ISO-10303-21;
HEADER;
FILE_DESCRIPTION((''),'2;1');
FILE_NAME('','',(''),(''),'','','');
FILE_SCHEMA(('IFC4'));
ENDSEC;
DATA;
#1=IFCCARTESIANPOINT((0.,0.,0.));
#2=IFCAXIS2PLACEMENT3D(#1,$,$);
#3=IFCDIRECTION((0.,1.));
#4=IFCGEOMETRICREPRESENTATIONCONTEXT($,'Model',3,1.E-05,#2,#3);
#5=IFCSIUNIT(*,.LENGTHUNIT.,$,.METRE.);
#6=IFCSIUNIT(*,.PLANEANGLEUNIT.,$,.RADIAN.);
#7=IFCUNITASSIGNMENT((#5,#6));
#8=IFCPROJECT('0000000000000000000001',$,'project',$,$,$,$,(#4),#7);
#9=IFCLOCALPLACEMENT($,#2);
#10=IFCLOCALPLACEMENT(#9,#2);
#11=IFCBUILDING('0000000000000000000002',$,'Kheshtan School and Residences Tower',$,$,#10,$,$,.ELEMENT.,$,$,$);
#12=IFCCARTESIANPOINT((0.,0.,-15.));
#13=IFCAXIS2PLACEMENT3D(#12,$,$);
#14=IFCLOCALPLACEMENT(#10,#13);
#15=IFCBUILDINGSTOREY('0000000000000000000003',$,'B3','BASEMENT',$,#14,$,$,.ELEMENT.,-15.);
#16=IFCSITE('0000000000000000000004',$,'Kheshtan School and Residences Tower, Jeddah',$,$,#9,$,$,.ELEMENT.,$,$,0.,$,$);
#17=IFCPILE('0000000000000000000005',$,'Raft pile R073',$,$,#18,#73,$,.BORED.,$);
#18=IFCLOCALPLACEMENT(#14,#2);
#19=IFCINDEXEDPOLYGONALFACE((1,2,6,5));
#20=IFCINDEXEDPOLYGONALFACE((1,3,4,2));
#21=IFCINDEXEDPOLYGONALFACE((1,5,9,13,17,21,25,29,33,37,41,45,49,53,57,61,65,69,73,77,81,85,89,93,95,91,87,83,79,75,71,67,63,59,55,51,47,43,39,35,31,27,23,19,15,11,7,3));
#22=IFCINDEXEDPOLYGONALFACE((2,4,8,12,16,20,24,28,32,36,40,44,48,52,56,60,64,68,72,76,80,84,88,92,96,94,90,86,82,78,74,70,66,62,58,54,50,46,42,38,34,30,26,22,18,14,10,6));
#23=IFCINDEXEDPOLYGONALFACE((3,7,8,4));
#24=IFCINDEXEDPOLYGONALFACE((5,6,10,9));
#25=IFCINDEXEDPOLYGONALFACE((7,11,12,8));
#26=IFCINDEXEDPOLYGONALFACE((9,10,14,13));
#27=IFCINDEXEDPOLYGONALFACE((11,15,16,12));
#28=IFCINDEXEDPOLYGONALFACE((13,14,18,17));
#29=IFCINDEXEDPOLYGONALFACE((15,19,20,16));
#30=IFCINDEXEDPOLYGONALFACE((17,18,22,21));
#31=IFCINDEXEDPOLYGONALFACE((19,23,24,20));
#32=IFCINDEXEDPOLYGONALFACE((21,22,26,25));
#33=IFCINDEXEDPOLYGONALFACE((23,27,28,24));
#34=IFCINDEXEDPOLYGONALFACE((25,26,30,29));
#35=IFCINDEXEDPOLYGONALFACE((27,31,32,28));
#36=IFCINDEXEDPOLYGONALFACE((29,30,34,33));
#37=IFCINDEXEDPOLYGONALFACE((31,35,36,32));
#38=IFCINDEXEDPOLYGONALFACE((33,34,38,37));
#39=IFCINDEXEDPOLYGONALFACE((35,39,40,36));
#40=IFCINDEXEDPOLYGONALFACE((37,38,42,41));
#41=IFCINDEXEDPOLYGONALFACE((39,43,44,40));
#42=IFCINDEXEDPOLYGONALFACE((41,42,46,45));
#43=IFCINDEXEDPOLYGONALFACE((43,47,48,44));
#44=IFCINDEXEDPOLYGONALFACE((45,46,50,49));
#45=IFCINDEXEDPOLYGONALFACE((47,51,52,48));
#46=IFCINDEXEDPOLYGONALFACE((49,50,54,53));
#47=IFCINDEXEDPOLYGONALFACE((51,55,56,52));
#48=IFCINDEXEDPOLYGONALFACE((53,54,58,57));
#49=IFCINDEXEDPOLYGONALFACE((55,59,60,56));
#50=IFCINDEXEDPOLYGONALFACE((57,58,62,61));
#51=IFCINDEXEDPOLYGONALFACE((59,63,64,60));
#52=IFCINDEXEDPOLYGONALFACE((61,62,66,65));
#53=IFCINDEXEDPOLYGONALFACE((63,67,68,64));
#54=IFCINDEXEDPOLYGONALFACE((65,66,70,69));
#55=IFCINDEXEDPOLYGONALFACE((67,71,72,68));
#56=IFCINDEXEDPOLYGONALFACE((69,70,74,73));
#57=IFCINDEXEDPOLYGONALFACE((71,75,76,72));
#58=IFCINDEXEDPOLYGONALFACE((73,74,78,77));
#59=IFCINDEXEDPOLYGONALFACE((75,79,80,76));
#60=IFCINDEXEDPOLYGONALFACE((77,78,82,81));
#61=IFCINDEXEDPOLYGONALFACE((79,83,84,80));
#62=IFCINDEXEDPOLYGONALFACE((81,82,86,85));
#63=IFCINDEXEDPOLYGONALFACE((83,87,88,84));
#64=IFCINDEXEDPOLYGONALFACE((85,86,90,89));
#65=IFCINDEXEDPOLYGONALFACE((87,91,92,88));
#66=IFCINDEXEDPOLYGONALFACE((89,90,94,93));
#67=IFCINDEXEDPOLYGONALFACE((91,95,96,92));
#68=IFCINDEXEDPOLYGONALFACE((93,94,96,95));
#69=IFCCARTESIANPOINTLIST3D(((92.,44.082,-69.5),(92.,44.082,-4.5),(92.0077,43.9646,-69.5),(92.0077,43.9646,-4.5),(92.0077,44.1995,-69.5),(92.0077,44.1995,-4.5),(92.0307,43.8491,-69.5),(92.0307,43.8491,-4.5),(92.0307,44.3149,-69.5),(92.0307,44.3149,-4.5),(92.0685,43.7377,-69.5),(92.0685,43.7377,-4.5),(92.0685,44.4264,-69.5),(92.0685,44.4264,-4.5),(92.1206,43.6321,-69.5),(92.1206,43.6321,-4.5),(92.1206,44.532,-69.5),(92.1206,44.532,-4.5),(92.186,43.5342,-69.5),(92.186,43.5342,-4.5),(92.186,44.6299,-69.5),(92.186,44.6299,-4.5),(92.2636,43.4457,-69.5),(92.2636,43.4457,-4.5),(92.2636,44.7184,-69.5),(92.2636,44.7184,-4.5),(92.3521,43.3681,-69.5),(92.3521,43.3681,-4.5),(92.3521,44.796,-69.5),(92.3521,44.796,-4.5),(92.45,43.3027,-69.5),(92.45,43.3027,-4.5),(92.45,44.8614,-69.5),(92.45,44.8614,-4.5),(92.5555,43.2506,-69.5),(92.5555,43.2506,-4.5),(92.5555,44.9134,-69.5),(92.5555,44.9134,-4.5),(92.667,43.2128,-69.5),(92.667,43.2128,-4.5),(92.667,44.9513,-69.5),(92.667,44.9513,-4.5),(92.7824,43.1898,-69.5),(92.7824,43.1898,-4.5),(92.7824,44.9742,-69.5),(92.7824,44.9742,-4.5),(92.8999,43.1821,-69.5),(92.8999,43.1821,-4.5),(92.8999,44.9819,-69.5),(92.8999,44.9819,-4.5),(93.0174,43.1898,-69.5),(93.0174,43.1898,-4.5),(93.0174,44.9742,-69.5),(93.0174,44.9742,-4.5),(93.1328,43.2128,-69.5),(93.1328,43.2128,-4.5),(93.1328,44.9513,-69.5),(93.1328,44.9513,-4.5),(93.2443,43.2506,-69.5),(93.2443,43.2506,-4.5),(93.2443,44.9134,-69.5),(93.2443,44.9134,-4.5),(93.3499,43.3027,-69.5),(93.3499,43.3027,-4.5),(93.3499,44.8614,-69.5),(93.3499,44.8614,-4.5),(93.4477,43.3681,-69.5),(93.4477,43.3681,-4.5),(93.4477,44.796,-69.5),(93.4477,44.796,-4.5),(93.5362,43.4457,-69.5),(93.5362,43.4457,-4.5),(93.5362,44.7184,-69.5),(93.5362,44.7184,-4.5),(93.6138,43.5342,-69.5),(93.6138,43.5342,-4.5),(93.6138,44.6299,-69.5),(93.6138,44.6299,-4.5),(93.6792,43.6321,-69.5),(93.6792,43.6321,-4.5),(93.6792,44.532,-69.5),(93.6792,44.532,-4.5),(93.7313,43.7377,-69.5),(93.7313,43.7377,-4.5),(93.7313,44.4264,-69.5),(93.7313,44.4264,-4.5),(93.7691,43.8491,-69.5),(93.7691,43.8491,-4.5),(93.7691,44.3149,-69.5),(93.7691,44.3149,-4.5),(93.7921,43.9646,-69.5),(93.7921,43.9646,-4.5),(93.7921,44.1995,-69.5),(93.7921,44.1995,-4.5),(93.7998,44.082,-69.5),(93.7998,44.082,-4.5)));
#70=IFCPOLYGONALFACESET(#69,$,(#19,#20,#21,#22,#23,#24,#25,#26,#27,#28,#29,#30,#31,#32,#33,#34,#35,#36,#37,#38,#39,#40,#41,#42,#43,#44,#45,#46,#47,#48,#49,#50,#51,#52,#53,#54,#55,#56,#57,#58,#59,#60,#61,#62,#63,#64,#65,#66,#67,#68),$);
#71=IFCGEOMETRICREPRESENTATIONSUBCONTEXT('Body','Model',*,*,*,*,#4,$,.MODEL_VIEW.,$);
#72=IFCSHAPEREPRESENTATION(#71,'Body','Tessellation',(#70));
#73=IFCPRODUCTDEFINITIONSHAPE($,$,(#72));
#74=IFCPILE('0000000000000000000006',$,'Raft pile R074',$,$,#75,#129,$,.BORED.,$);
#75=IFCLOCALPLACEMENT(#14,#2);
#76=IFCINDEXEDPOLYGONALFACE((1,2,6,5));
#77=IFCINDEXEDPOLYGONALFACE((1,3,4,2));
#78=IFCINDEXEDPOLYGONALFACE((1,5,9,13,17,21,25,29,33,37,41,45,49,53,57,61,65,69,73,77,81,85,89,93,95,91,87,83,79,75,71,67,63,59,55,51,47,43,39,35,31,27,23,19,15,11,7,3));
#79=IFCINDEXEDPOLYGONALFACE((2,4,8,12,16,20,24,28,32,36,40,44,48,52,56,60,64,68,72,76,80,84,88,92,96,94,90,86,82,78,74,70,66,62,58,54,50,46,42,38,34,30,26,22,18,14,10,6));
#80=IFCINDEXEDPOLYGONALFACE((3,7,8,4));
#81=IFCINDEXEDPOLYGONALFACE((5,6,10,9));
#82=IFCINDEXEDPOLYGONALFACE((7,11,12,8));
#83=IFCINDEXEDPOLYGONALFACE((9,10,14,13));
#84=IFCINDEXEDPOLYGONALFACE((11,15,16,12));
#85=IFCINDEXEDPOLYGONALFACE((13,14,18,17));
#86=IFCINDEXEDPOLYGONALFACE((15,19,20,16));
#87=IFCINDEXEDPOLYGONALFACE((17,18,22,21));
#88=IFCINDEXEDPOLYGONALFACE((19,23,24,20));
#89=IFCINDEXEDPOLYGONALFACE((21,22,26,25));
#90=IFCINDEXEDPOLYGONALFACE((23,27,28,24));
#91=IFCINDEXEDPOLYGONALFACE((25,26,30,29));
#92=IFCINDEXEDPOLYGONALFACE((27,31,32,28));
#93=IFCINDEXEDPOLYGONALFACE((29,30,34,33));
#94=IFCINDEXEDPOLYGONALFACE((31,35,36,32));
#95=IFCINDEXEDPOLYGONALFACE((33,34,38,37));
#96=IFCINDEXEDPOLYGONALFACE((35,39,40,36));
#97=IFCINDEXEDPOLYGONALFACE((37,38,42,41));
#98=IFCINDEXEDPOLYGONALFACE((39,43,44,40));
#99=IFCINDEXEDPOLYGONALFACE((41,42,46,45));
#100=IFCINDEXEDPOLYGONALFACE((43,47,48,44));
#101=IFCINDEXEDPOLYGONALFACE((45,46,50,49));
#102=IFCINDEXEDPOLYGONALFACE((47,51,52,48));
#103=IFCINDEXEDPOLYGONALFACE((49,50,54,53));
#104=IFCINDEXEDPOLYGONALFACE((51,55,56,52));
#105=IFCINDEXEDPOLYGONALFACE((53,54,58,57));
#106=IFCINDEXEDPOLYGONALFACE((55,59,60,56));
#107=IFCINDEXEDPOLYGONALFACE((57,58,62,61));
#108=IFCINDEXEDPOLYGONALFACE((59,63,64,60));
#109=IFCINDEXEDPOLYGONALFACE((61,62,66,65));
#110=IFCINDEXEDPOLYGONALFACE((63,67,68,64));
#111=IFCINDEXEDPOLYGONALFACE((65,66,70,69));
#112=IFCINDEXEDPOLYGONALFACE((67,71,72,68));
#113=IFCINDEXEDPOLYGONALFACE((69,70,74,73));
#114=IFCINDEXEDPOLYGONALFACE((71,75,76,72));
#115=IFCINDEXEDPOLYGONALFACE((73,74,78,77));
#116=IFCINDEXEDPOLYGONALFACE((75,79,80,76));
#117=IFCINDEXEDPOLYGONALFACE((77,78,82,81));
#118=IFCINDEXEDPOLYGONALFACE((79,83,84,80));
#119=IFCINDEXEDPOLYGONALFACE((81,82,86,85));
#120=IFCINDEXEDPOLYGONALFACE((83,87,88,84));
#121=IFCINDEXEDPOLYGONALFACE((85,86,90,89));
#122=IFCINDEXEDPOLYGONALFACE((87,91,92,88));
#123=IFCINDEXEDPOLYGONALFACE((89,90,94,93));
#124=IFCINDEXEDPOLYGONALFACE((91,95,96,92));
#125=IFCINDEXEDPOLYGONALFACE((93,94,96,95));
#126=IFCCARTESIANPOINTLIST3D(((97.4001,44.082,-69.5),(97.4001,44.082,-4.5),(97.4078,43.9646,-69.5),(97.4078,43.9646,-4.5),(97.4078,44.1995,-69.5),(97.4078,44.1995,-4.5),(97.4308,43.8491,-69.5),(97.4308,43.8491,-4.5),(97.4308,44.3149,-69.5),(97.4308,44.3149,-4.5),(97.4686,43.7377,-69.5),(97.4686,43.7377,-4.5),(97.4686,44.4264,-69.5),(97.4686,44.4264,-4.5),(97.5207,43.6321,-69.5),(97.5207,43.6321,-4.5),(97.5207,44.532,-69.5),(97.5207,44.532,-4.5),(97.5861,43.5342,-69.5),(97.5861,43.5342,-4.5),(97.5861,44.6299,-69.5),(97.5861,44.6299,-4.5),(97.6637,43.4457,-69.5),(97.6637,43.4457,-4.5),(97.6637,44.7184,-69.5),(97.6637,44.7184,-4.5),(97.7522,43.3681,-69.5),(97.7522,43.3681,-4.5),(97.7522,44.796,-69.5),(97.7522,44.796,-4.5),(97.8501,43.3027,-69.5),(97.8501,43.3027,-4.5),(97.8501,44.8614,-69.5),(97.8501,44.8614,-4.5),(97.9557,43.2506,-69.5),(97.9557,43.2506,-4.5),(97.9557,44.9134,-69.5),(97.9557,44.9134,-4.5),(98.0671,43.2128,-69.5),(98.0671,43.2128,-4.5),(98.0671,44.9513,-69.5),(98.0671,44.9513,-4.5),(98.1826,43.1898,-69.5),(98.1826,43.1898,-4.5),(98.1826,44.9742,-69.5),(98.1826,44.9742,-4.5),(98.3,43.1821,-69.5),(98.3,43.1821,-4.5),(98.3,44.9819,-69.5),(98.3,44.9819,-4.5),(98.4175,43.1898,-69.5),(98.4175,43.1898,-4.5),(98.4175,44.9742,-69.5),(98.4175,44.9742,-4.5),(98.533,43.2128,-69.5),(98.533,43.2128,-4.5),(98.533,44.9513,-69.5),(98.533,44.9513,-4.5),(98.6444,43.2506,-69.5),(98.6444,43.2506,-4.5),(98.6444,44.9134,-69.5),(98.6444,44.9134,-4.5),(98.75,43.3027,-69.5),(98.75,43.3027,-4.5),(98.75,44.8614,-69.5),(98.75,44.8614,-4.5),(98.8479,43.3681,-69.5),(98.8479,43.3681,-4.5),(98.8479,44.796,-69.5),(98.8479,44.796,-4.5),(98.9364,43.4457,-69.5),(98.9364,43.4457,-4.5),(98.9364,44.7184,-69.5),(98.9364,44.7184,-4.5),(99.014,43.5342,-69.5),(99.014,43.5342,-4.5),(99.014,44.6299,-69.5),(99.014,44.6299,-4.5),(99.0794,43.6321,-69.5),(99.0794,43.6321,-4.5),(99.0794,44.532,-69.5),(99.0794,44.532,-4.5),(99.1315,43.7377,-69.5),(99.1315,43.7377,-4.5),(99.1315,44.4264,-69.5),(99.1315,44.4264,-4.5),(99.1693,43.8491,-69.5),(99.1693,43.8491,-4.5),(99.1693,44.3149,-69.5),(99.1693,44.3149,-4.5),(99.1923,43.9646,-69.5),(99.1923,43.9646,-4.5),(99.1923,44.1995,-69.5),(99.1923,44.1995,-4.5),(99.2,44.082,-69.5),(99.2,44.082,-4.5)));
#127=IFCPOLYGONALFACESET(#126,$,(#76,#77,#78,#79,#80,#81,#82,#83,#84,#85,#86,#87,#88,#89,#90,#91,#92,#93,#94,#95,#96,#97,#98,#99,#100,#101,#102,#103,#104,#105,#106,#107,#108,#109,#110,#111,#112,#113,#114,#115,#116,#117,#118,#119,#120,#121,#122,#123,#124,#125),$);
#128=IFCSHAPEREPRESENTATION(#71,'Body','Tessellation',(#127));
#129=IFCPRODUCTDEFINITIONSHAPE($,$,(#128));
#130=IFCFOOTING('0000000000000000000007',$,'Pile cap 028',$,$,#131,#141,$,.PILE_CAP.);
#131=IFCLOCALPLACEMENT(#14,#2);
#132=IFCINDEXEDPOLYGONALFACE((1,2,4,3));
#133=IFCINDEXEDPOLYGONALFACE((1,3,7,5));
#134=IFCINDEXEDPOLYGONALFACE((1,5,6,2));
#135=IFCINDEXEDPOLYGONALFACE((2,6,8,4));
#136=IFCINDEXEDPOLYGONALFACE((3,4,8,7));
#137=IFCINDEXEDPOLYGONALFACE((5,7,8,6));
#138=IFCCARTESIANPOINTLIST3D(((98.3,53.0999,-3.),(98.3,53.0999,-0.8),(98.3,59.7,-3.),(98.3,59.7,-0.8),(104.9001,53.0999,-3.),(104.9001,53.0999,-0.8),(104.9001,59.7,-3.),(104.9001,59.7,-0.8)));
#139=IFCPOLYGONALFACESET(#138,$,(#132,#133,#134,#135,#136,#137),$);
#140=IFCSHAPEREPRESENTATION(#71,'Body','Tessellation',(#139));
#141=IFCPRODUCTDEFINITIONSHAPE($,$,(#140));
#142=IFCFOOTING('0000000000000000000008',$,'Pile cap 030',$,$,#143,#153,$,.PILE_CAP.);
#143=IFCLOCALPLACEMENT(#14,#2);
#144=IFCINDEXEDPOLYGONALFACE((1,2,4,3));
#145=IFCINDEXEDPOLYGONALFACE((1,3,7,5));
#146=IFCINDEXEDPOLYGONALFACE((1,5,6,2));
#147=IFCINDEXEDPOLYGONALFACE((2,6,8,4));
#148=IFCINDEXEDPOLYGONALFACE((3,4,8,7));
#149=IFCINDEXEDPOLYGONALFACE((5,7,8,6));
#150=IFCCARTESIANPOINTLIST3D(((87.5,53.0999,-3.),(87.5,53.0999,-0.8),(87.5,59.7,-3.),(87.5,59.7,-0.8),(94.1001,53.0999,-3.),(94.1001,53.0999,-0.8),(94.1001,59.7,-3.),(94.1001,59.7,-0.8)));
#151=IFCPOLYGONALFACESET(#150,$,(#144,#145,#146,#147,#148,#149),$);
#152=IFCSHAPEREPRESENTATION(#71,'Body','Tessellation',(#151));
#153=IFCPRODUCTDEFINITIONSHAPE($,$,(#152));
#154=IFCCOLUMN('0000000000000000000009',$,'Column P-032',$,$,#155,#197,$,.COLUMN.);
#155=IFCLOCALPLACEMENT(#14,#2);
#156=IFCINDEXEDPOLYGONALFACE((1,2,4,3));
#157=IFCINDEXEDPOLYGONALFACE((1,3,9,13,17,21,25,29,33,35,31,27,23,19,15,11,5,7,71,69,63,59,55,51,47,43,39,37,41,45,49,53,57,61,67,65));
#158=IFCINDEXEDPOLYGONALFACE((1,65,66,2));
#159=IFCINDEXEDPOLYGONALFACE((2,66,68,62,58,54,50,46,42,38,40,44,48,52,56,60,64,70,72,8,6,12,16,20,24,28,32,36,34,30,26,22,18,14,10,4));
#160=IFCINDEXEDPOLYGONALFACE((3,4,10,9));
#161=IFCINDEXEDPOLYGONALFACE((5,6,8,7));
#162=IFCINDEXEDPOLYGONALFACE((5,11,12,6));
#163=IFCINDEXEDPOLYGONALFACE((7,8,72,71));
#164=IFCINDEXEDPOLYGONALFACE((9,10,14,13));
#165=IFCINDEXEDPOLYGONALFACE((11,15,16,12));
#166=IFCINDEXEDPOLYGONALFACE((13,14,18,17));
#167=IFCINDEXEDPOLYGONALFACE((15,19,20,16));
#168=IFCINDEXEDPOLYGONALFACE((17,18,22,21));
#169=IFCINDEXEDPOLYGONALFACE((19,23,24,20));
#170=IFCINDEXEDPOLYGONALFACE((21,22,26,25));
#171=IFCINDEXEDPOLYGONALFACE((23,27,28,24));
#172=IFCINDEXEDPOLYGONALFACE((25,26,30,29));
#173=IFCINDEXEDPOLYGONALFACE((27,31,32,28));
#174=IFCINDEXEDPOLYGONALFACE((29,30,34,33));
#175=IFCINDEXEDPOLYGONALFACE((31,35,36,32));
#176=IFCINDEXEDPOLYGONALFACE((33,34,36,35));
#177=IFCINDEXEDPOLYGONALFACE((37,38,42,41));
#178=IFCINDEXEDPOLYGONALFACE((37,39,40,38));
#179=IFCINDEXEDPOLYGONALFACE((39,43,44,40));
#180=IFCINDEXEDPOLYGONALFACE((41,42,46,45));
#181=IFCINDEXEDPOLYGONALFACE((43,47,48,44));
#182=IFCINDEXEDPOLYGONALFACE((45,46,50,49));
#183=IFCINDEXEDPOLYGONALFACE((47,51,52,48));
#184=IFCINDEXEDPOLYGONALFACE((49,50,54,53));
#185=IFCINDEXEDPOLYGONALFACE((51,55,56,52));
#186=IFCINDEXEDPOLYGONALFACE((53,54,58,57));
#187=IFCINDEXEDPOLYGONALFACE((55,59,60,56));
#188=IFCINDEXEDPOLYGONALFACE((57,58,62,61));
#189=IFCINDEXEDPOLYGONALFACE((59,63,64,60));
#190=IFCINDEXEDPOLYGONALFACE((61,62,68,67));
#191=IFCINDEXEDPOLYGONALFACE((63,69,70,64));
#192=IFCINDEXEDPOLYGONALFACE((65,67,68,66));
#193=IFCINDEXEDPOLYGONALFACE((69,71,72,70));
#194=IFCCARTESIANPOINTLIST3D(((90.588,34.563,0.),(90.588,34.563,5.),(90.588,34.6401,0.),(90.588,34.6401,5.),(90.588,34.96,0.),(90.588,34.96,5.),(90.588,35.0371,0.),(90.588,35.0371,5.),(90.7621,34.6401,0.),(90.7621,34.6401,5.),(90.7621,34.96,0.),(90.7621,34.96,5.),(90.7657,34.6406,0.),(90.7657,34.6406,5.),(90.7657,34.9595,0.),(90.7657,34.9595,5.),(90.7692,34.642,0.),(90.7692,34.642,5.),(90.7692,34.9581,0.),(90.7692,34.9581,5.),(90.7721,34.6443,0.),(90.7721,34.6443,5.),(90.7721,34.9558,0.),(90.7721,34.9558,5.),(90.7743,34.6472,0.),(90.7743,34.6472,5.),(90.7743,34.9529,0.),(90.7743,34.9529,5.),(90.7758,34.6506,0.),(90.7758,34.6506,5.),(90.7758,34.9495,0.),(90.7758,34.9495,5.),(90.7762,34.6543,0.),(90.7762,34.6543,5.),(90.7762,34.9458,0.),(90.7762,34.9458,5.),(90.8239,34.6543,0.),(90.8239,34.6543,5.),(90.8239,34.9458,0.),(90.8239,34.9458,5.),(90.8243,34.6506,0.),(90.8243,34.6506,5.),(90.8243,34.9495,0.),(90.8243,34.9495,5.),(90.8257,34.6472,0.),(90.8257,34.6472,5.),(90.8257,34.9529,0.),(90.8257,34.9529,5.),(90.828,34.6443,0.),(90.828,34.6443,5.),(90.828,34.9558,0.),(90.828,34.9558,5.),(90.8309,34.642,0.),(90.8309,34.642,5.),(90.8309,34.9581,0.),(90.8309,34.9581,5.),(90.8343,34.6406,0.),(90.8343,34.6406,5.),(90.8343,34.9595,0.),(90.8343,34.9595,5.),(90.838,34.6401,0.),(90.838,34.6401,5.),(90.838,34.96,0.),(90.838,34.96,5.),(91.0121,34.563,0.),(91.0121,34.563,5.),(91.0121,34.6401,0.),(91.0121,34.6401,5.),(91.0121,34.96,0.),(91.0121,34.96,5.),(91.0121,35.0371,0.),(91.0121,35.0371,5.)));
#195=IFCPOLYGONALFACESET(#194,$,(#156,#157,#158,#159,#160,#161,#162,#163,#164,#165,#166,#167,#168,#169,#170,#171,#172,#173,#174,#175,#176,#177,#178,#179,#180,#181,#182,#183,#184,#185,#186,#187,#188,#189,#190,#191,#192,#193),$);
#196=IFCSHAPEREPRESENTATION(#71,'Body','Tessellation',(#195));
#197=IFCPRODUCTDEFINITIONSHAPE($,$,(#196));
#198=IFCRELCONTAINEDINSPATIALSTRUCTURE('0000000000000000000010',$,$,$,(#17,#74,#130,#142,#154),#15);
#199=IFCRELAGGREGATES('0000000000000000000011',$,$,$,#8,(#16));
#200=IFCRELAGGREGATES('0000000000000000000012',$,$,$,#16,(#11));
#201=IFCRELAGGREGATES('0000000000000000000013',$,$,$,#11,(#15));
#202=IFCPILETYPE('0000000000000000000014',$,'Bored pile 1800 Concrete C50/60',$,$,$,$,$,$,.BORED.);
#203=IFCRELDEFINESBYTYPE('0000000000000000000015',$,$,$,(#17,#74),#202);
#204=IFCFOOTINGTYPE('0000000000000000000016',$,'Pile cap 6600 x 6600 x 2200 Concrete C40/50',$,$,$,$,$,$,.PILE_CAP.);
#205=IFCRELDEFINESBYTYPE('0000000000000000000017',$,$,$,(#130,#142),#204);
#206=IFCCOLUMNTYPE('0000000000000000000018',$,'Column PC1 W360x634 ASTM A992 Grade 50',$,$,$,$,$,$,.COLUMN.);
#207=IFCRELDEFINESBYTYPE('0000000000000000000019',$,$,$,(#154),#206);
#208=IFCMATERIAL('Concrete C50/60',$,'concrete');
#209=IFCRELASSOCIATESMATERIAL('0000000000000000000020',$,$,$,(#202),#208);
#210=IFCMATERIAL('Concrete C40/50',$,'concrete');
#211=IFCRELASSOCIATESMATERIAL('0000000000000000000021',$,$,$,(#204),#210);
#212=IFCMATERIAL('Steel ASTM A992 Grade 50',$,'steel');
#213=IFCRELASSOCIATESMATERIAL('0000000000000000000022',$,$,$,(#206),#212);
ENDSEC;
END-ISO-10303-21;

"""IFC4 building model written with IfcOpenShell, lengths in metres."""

from ifc_helpers import new_model, si_unit, direction, frame, origin, origin_2d, place, context, subcontext, project, spatial, rectangle, circle, i_section, extrude, material, material_profile, profile_set, type_object, element, save


model = new_model("IFC4")

# Units and contexts
model_context = context("Model", 3, precision=1e-05, world=origin(), true_north=direction((0.0, 1.0)))
body_context = subcontext(model_context, "Body", "Model", "MODEL_VIEW")
ifc_project = project(units=[si_unit("LENGTHUNIT", "METRE"), si_unit("PLANEANGLEUNIT", "RADIAN")], contexts=[model_context])

# Site, building, storey
site_placement = place(None, origin())
site = spatial("IfcSite", under=ifc_project, at=site_placement, Name="Kheshtan School and Residences Tower, Jeddah", CompositionType="ELEMENT", RefElevation=0.0)
building_placement = place(site_placement, origin())
building = spatial("IfcBuilding", under=site, at=building_placement, Name="Kheshtan School and Residences Tower", CompositionType="ELEMENT")
storey_placement = place(building_placement, frame((0.0, 0.0, -15.0)))
storey = spatial("IfcBuildingStorey", under=building, at=storey_placement, Name="B3", Description="BASEMENT", CompositionType="ELEMENT", Elevation=-15.0)

# Piles
ifc_material_1 = material(Name="Concrete C50/60", Category="concrete")
ifc_material_profile_1 = material_profile(ifc_material_1, circle(Radius=0.8999, at=origin_2d()), Name="BP 1800")
ifc_profile_set_1 = profile_set([ifc_material_profile_1], Name="Concrete C50/60")
pile_type_1 = type_object("IfcPileType", Name="Bored pile 1800 Concrete C50/60", PredefinedType="BORED", material=ifc_profile_set_1)
for number, where, z_axis, x_axis, name in (
    (1, (92.8999, 44.082, -4.5), (0.0, 0.0, -1.0), (1.0, 0.0, 0.0), "Raft pile R073"),
    (2, (98.3, 44.082, -4.5), (0.0, 0.0, -1.0), (1.0, 0.0, 0.0), "Raft pile R074"),
):
    element("IfcPile", number, at=place(storey_placement, frame(where, z_axis=z_axis, x_axis=x_axis)), inside=storey, type_object=pile_type_1, Name=name, PredefinedType="BORED", context=body_context, shape_type="SweptSolid", body=[
        extrude(circle(Radius=0.8999, at=origin_2d()), origin(), (0.0, 0.0, 1.0), 65.0),
    ])

# Footings
ifc_material_2 = material(Name="Concrete C40/50", Category="concrete")
footing_type = type_object("IfcFootingType", Name="Pile cap 6600 x 6600 x 2200 Concrete C40/50", PredefinedType="PILE_CAP", material=ifc_material_2)
for number, where, z_axis, x_axis, name in (
    (3, (101.6001, 56.3999, -3.0), (0.0, 0.0, 1.0), (1.0, 0.0, 0.0), "Pile cap 028"),
    (4, (90.8, 56.3999, -3.0), (0.0, 0.0, 1.0), (1.0, 0.0, 0.0), "Pile cap 030"),
):
    element("IfcFooting", number, at=place(storey_placement, frame(where, z_axis=z_axis, x_axis=x_axis)), inside=storey, type_object=footing_type, Name=name, PredefinedType="PILE_CAP", context=body_context, shape_type="SweptSolid", body=[
        extrude(rectangle(XDim=6.6001, YDim=6.6001, at=origin_2d()), origin(), (0.0, 0.0, 1.0), 2.2),
    ])

# Column
ifc_material_3 = material(Name="Steel ASTM A992 Grade 50", Category="steel")
ifc_material_profile_2 = material_profile(ifc_material_3, i_section(OverallWidth=0.4241, OverallDepth=0.4741, WebThickness=0.0476, FlangeThickness=0.0771, FilletRadius=0.0142, at=origin_2d()), Name="W360x634")
ifc_profile_set_2 = profile_set([ifc_material_profile_2], Name="Steel ASTM A992 Grade 50")
column_type = type_object("IfcColumnType", Name="Column PC1 W360x634 ASTM A992 Grade 50", PredefinedType="COLUMN", material=ifc_profile_set_2)
for number, where, z_axis, x_axis, name in (
    (5, (90.8, 34.8, 0.0), (0.0, 0.0, 1.0), (1.0, 0.0, 0.0), "Column P-032"),
):
    element("IfcColumn", number, at=place(storey_placement, frame(where, z_axis=z_axis, x_axis=x_axis)), inside=storey, type_object=column_type, Name=name, PredefinedType="COLUMN", context=body_context, shape_type="SweptSolid", body=[
        extrude(i_section(OverallWidth=0.4241, OverallDepth=0.4741, WebThickness=0.0476, FlangeThickness=0.0771, FilletRadius=0.0142, at=origin_2d()), origin(), (0.0, 0.0, 1.0), 5.0),
    ])

save(model, "model.ifc")
